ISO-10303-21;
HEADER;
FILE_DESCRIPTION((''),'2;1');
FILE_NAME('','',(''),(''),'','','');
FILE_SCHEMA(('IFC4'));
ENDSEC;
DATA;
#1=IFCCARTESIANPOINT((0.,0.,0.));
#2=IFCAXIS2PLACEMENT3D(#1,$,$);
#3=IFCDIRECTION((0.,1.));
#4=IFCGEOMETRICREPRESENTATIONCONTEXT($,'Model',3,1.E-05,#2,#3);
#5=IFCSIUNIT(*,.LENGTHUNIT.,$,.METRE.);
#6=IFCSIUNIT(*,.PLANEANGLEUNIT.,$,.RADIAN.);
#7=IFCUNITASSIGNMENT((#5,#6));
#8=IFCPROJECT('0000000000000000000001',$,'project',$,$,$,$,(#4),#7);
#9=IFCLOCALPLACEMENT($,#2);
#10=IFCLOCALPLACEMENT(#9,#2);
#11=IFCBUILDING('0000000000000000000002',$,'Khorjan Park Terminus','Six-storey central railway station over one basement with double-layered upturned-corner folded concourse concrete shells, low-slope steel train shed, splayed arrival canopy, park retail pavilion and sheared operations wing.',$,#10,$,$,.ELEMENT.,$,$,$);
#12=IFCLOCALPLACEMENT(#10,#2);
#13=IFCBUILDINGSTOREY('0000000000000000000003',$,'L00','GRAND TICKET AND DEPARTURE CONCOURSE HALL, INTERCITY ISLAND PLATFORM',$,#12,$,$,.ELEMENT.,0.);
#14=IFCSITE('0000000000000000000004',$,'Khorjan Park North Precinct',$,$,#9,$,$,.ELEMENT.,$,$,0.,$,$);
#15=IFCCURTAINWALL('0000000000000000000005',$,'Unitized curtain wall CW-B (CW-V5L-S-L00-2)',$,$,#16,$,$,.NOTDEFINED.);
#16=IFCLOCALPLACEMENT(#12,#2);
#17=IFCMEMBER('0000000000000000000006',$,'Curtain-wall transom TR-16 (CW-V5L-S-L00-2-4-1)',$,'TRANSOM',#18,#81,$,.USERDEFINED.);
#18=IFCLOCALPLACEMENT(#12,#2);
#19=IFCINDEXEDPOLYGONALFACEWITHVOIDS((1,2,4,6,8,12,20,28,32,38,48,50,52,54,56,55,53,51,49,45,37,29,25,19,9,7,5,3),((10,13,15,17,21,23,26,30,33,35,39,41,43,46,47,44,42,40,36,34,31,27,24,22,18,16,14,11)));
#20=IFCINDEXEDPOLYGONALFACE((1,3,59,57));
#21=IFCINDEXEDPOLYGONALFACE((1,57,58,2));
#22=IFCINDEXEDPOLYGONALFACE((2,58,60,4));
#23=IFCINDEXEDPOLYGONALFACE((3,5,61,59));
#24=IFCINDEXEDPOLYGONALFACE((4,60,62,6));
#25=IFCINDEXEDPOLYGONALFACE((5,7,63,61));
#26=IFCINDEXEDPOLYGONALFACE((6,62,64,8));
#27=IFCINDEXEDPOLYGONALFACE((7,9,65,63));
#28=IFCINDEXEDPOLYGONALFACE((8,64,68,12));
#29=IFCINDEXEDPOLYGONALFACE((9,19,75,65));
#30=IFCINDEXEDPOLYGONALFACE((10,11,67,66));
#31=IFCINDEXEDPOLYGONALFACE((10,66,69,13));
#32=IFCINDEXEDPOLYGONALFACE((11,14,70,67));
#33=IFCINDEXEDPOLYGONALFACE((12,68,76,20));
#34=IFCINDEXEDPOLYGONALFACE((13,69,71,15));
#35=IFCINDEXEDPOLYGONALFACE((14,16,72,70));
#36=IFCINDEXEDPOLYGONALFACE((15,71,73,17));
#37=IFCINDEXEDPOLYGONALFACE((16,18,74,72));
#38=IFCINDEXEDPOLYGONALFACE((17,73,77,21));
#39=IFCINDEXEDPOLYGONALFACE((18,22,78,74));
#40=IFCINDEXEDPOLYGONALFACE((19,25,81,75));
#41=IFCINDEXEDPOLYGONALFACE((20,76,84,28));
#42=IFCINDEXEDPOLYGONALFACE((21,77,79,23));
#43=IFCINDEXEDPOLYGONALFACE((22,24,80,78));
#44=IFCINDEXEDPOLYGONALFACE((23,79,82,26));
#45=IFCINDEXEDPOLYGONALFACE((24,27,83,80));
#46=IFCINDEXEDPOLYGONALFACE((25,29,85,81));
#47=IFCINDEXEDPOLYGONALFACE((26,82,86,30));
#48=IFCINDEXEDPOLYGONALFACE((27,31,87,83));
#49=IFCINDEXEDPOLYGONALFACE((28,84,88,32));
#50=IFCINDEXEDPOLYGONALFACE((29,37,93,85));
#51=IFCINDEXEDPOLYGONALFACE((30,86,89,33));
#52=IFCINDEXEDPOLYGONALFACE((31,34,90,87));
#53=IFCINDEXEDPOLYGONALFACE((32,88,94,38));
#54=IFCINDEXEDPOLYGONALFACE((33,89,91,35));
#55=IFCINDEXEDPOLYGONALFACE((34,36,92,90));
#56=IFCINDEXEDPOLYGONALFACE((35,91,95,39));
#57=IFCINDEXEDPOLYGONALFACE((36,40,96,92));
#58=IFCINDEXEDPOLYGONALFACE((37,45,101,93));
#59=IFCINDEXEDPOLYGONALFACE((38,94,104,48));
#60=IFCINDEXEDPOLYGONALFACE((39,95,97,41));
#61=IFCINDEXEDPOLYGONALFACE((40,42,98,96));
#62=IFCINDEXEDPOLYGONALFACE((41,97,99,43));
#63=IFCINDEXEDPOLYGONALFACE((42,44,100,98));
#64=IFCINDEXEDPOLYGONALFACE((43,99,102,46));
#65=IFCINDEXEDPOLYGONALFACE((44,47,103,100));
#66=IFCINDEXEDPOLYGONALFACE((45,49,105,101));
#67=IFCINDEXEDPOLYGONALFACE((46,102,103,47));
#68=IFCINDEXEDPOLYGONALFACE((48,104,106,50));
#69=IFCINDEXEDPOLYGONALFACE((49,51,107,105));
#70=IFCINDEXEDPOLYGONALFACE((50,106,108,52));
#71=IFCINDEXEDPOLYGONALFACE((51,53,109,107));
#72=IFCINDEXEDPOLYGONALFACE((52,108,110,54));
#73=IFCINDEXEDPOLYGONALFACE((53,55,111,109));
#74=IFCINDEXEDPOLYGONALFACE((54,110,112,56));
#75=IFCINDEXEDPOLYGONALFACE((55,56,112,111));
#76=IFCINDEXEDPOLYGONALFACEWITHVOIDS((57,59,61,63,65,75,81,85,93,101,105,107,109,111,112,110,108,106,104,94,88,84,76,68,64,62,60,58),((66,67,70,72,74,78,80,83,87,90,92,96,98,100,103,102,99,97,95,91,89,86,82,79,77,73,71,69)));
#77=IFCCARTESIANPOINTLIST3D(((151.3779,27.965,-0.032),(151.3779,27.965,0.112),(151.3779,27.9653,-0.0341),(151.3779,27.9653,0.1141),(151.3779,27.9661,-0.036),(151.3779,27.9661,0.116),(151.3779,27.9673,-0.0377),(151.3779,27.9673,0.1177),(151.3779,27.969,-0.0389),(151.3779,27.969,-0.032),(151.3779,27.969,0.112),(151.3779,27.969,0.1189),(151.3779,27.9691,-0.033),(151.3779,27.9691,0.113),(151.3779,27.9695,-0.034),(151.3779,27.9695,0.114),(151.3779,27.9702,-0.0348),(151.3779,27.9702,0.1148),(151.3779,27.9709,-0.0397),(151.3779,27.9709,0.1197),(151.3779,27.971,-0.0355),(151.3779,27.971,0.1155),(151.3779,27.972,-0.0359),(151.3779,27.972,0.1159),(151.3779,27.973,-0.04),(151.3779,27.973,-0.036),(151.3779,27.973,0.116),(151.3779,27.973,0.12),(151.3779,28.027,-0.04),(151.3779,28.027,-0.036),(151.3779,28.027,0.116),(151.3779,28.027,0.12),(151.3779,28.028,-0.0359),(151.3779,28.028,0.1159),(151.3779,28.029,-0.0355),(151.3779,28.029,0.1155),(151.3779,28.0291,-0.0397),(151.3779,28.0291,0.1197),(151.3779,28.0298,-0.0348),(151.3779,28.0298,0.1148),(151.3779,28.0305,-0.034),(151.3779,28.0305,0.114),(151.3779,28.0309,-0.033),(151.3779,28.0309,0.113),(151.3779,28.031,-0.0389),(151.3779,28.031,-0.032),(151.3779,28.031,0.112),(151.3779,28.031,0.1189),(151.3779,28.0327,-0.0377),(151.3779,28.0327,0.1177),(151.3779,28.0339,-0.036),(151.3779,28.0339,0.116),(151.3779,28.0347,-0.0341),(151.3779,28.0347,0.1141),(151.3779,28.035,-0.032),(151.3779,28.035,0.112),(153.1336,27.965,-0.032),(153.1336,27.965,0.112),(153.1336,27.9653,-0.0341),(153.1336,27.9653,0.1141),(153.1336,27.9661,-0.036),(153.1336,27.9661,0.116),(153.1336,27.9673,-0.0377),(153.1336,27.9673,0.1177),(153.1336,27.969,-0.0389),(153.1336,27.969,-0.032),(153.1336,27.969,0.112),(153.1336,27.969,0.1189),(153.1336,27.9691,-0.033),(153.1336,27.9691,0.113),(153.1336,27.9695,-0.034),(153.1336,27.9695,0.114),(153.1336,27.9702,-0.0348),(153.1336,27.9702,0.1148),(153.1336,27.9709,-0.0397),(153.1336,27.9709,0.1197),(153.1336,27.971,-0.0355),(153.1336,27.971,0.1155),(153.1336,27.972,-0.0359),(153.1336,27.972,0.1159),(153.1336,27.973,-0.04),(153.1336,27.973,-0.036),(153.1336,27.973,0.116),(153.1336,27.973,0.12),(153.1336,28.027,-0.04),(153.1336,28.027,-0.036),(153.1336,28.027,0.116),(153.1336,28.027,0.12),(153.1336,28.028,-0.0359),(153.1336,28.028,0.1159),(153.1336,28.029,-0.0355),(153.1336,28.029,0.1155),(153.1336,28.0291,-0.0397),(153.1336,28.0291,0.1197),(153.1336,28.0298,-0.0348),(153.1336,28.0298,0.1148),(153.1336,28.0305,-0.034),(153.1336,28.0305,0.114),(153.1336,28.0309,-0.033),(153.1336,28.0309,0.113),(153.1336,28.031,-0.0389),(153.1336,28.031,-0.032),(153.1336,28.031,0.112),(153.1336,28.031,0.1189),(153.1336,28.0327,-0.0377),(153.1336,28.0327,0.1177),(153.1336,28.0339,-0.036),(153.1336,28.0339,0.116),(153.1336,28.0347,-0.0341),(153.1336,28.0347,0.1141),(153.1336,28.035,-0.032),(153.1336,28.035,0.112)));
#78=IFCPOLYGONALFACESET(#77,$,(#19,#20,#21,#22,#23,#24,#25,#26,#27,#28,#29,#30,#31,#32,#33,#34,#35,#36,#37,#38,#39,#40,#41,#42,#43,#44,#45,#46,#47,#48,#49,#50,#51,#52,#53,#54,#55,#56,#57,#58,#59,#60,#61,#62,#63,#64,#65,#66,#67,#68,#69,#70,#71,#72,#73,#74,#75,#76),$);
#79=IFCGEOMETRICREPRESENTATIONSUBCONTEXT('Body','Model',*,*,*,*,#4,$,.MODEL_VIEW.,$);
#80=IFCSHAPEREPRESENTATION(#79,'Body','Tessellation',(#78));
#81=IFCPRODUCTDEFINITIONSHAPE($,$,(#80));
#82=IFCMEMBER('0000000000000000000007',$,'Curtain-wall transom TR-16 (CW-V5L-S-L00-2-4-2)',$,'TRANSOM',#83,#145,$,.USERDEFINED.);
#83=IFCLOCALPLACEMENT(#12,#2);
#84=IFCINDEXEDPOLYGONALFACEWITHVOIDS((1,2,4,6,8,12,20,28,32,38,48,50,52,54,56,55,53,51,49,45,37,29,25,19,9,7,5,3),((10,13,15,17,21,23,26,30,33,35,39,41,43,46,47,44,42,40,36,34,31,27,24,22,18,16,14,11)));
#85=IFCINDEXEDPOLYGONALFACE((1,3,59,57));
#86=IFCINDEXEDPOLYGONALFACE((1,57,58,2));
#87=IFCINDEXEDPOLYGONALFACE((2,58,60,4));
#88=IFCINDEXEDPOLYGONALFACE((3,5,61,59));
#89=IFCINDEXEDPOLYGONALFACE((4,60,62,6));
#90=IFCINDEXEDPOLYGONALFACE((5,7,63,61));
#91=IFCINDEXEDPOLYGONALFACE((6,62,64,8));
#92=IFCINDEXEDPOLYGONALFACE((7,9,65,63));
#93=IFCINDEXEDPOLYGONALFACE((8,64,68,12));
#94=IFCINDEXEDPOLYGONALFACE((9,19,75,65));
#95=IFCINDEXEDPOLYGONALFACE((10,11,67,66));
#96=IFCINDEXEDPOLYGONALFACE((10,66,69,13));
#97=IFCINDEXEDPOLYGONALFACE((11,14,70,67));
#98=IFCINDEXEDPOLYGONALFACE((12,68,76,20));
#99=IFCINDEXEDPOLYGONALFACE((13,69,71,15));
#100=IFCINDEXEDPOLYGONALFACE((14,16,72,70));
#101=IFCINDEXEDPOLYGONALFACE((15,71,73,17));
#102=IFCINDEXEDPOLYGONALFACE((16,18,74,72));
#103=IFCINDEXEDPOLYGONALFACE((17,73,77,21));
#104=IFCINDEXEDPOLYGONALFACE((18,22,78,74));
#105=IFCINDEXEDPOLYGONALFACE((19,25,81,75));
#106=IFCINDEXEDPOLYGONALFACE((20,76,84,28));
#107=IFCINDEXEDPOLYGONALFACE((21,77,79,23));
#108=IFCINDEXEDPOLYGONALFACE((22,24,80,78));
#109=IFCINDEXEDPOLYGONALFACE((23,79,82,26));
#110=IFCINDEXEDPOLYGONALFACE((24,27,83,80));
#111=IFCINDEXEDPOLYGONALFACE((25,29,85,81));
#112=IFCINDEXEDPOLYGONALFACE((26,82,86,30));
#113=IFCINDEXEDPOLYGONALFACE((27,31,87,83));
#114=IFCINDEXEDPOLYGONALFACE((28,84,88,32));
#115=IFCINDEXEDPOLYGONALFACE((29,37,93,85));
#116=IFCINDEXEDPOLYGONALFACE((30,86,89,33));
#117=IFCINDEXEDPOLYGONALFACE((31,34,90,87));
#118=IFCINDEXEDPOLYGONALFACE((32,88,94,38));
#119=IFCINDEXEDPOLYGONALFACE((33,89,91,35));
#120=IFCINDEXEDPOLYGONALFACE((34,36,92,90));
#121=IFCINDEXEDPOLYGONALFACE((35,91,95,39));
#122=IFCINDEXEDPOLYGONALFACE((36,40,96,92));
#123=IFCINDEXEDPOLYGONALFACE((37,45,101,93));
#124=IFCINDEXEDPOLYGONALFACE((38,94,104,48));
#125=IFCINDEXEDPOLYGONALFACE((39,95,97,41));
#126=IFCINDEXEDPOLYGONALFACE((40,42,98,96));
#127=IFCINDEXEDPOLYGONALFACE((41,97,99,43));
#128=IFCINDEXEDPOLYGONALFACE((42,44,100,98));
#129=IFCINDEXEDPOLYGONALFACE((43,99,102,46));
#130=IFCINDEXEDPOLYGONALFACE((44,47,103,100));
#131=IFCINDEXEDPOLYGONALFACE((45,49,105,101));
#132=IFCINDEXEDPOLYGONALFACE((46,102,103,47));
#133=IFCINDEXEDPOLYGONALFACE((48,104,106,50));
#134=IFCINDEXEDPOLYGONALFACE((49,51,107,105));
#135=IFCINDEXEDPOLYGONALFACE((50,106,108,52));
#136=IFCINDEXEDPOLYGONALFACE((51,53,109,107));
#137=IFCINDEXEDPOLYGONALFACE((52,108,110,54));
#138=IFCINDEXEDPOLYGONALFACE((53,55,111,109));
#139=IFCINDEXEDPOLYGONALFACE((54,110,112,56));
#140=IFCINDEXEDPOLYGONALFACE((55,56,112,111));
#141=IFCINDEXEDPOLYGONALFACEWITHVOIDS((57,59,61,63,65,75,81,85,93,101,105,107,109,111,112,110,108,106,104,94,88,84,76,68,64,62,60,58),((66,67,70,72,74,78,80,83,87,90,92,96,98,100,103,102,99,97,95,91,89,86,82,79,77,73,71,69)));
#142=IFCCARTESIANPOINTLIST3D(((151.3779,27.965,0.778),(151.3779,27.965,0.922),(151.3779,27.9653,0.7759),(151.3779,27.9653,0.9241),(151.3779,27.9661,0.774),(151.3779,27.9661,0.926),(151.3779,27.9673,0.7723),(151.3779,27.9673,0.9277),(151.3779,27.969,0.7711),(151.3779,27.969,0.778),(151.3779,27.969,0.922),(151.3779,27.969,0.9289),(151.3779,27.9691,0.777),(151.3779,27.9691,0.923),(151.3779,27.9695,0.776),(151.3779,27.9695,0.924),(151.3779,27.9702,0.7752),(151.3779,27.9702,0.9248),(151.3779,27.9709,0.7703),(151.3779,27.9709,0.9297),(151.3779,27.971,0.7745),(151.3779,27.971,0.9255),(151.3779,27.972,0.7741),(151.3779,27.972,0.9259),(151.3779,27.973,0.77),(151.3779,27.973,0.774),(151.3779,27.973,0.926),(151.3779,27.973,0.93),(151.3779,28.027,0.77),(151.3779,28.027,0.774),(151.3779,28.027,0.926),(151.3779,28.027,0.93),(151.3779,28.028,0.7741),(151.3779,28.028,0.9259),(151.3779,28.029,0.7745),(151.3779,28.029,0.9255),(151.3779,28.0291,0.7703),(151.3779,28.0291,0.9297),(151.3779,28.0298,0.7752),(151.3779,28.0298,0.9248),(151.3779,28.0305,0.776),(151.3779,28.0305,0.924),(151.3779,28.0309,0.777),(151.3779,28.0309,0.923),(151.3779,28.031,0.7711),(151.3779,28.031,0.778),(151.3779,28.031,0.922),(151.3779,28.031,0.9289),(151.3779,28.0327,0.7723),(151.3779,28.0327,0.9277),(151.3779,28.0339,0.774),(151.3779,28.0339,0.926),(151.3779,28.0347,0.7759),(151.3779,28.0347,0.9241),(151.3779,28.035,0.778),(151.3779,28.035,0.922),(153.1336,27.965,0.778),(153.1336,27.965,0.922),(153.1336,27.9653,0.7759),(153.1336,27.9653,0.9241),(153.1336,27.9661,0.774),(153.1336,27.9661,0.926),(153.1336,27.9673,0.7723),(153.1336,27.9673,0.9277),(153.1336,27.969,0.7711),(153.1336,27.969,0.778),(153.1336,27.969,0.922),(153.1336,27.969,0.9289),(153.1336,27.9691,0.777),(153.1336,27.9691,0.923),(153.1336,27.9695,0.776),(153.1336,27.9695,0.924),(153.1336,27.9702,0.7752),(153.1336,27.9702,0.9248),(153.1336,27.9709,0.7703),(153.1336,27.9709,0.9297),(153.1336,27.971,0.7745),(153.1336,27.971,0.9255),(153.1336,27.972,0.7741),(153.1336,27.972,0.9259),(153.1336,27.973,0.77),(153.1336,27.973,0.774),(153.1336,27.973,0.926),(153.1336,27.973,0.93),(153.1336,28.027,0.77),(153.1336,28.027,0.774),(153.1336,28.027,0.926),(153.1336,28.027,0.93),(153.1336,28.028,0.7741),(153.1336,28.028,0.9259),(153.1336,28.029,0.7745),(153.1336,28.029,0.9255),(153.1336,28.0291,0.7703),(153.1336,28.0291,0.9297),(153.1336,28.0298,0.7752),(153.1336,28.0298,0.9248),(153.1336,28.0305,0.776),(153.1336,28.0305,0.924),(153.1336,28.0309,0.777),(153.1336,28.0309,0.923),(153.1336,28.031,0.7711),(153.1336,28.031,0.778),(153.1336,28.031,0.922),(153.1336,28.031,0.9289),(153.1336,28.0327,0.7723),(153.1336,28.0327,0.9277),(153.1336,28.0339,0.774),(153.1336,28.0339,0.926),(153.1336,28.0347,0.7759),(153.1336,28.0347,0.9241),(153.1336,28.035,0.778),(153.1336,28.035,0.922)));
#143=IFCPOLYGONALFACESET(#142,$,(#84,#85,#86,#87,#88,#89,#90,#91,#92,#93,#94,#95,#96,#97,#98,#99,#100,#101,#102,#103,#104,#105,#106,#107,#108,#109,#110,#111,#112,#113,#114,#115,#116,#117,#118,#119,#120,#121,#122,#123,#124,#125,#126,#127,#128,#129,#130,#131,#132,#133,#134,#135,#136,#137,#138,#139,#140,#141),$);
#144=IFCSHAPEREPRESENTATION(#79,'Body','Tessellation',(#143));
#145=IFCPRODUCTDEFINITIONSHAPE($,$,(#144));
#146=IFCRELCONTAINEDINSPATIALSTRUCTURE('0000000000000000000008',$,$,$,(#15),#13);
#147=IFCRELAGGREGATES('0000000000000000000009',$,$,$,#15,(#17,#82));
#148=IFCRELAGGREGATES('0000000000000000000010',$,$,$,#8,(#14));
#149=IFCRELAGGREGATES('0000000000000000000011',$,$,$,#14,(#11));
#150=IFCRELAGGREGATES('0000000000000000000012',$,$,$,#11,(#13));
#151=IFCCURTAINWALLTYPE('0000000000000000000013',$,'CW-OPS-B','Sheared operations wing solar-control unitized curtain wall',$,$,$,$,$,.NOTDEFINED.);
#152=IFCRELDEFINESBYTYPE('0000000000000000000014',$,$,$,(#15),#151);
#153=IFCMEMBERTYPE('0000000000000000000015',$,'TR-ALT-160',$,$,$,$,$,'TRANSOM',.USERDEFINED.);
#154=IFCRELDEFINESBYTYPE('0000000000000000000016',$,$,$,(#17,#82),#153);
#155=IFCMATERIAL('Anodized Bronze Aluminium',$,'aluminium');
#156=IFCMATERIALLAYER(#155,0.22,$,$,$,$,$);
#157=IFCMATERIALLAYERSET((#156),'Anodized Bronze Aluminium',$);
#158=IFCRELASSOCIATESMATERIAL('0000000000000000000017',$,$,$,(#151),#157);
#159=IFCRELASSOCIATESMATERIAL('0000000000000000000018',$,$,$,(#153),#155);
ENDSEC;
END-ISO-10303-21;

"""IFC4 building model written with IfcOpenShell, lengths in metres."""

from ifc_helpers import new_model, si_unit, direction, frame, origin, origin_2d, place, context, subcontext, project, spatial, hollow_rectangle, extrude, material, layer, layer_set, material_profile, profile_set, type_object, element, aggregate, save


model = new_model("IFC4")

# Units and contexts
model_context = context("Model", 3, precision=1e-05, world=origin(), true_north=direction((0.0, 1.0)))
body_context = subcontext(model_context, "Body", "Model", "MODEL_VIEW")
ifc_project = project(units=[si_unit("LENGTHUNIT", "METRE"), si_unit("PLANEANGLEUNIT", "RADIAN")], contexts=[model_context])

# Site, building, storey
site_placement = place(None, origin())
site = spatial("IfcSite", under=ifc_project, at=site_placement, Name="Khorjan Park North Precinct", CompositionType="ELEMENT", RefElevation=0.0)
building_placement = place(site_placement, origin())
building = spatial("IfcBuilding", under=site, at=building_placement, Name="Khorjan Park Terminus", Description="Six-storey central railway station over one basement with double-layered upturned-corner folded concourse concrete shells, low-slope steel train shed, splayed arrival canopy, park retail pavilion and sheared operations wing.", CompositionType="ELEMENT")
storey_placement = place(building_placement, origin())
storey = spatial("IfcBuildingStorey", under=building, at=storey_placement, Name="L00", Description="GRAND TICKET AND DEPARTURE CONCOURSE HALL, INTERCITY ISLAND PLATFORM", CompositionType="ELEMENT", Elevation=0.0)

# Curtain wall, members
ifc_material_1 = material(Name="Anodized Bronze Aluminium", Category="aluminium")
ifc_layer_1 = layer(ifc_material_1, 0.22)
ifc_layer_set_1 = layer_set([ifc_layer_1], Name="Anodized Bronze Aluminium")
curtain_wall_type = type_object("IfcCurtainWallType", Name="CW-OPS-B", Description="Sheared operations wing solar-control unitized curtain wall", PredefinedType="NOTDEFINED", material=ifc_layer_set_1)
curtain_wall_placement = place(storey_placement, origin())
curtain_wall = element("IfcCurtainWall", 1, at=curtain_wall_placement, inside=storey, type_object=curtain_wall_type, Name="Unitized curtain wall CW-B (CW-V5L-S-L00-2)", PredefinedType="NOTDEFINED")
ifc_material_profile_1 = material_profile(ifc_material_1, hollow_rectangle(XDim=0.07, YDim=0.16, WallThickness=0.004, InnerFilletRadius=0.004, OuterFilletRadius=0.008, at=origin_2d()), Name="ALT 70x160x4")
ifc_profile_set_1 = profile_set([ifc_material_profile_1], Name="Anodized Bronze Aluminium")
member_type_1 = type_object("IfcMemberType", Name="TR-ALT-160", ElementType="TRANSOM", PredefinedType="USERDEFINED", material=ifc_profile_set_1)
member_1_placement = place(storey_placement, frame((151.3779, 28.0, 0.04), z_axis=(1.0, 0.0, 0.0), x_axis=(0.0, 1.0, 0.0)))
member_1 = element("IfcMember", 2, at=member_1_placement, type_object=member_type_1, Name="Curtain-wall transom TR-16 (CW-V5L-S-L00-2-4-1)", ObjectType="TRANSOM", PredefinedType="USERDEFINED", context=body_context, shape_type="SweptSolid", body=[
    extrude(hollow_rectangle(XDim=0.07, YDim=0.16, WallThickness=0.004, InnerFilletRadius=0.004, OuterFilletRadius=0.008, at=origin_2d()), origin(), (0.0, 0.0, 1.0), 1.7557),
])
member_2_placement = place(storey_placement, frame((151.3779, 28.0, 0.85), z_axis=(1.0, 0.0, 0.0), x_axis=(0.0, 1.0, 0.0)))
member_2 = element("IfcMember", 3, at=member_2_placement, type_object=member_type_1, Name="Curtain-wall transom TR-16 (CW-V5L-S-L00-2-4-2)", ObjectType="TRANSOM", PredefinedType="USERDEFINED", context=body_context, shape_type="SweptSolid", body=[
    extrude(hollow_rectangle(XDim=0.07, YDim=0.16, WallThickness=0.004, InnerFilletRadius=0.004, OuterFilletRadius=0.008, at=origin_2d()), origin(), (0.0, 0.0, 1.0), 1.7557),
])
aggregate(curtain_wall, [member_1, member_2])

save(model, "model.ifc")
